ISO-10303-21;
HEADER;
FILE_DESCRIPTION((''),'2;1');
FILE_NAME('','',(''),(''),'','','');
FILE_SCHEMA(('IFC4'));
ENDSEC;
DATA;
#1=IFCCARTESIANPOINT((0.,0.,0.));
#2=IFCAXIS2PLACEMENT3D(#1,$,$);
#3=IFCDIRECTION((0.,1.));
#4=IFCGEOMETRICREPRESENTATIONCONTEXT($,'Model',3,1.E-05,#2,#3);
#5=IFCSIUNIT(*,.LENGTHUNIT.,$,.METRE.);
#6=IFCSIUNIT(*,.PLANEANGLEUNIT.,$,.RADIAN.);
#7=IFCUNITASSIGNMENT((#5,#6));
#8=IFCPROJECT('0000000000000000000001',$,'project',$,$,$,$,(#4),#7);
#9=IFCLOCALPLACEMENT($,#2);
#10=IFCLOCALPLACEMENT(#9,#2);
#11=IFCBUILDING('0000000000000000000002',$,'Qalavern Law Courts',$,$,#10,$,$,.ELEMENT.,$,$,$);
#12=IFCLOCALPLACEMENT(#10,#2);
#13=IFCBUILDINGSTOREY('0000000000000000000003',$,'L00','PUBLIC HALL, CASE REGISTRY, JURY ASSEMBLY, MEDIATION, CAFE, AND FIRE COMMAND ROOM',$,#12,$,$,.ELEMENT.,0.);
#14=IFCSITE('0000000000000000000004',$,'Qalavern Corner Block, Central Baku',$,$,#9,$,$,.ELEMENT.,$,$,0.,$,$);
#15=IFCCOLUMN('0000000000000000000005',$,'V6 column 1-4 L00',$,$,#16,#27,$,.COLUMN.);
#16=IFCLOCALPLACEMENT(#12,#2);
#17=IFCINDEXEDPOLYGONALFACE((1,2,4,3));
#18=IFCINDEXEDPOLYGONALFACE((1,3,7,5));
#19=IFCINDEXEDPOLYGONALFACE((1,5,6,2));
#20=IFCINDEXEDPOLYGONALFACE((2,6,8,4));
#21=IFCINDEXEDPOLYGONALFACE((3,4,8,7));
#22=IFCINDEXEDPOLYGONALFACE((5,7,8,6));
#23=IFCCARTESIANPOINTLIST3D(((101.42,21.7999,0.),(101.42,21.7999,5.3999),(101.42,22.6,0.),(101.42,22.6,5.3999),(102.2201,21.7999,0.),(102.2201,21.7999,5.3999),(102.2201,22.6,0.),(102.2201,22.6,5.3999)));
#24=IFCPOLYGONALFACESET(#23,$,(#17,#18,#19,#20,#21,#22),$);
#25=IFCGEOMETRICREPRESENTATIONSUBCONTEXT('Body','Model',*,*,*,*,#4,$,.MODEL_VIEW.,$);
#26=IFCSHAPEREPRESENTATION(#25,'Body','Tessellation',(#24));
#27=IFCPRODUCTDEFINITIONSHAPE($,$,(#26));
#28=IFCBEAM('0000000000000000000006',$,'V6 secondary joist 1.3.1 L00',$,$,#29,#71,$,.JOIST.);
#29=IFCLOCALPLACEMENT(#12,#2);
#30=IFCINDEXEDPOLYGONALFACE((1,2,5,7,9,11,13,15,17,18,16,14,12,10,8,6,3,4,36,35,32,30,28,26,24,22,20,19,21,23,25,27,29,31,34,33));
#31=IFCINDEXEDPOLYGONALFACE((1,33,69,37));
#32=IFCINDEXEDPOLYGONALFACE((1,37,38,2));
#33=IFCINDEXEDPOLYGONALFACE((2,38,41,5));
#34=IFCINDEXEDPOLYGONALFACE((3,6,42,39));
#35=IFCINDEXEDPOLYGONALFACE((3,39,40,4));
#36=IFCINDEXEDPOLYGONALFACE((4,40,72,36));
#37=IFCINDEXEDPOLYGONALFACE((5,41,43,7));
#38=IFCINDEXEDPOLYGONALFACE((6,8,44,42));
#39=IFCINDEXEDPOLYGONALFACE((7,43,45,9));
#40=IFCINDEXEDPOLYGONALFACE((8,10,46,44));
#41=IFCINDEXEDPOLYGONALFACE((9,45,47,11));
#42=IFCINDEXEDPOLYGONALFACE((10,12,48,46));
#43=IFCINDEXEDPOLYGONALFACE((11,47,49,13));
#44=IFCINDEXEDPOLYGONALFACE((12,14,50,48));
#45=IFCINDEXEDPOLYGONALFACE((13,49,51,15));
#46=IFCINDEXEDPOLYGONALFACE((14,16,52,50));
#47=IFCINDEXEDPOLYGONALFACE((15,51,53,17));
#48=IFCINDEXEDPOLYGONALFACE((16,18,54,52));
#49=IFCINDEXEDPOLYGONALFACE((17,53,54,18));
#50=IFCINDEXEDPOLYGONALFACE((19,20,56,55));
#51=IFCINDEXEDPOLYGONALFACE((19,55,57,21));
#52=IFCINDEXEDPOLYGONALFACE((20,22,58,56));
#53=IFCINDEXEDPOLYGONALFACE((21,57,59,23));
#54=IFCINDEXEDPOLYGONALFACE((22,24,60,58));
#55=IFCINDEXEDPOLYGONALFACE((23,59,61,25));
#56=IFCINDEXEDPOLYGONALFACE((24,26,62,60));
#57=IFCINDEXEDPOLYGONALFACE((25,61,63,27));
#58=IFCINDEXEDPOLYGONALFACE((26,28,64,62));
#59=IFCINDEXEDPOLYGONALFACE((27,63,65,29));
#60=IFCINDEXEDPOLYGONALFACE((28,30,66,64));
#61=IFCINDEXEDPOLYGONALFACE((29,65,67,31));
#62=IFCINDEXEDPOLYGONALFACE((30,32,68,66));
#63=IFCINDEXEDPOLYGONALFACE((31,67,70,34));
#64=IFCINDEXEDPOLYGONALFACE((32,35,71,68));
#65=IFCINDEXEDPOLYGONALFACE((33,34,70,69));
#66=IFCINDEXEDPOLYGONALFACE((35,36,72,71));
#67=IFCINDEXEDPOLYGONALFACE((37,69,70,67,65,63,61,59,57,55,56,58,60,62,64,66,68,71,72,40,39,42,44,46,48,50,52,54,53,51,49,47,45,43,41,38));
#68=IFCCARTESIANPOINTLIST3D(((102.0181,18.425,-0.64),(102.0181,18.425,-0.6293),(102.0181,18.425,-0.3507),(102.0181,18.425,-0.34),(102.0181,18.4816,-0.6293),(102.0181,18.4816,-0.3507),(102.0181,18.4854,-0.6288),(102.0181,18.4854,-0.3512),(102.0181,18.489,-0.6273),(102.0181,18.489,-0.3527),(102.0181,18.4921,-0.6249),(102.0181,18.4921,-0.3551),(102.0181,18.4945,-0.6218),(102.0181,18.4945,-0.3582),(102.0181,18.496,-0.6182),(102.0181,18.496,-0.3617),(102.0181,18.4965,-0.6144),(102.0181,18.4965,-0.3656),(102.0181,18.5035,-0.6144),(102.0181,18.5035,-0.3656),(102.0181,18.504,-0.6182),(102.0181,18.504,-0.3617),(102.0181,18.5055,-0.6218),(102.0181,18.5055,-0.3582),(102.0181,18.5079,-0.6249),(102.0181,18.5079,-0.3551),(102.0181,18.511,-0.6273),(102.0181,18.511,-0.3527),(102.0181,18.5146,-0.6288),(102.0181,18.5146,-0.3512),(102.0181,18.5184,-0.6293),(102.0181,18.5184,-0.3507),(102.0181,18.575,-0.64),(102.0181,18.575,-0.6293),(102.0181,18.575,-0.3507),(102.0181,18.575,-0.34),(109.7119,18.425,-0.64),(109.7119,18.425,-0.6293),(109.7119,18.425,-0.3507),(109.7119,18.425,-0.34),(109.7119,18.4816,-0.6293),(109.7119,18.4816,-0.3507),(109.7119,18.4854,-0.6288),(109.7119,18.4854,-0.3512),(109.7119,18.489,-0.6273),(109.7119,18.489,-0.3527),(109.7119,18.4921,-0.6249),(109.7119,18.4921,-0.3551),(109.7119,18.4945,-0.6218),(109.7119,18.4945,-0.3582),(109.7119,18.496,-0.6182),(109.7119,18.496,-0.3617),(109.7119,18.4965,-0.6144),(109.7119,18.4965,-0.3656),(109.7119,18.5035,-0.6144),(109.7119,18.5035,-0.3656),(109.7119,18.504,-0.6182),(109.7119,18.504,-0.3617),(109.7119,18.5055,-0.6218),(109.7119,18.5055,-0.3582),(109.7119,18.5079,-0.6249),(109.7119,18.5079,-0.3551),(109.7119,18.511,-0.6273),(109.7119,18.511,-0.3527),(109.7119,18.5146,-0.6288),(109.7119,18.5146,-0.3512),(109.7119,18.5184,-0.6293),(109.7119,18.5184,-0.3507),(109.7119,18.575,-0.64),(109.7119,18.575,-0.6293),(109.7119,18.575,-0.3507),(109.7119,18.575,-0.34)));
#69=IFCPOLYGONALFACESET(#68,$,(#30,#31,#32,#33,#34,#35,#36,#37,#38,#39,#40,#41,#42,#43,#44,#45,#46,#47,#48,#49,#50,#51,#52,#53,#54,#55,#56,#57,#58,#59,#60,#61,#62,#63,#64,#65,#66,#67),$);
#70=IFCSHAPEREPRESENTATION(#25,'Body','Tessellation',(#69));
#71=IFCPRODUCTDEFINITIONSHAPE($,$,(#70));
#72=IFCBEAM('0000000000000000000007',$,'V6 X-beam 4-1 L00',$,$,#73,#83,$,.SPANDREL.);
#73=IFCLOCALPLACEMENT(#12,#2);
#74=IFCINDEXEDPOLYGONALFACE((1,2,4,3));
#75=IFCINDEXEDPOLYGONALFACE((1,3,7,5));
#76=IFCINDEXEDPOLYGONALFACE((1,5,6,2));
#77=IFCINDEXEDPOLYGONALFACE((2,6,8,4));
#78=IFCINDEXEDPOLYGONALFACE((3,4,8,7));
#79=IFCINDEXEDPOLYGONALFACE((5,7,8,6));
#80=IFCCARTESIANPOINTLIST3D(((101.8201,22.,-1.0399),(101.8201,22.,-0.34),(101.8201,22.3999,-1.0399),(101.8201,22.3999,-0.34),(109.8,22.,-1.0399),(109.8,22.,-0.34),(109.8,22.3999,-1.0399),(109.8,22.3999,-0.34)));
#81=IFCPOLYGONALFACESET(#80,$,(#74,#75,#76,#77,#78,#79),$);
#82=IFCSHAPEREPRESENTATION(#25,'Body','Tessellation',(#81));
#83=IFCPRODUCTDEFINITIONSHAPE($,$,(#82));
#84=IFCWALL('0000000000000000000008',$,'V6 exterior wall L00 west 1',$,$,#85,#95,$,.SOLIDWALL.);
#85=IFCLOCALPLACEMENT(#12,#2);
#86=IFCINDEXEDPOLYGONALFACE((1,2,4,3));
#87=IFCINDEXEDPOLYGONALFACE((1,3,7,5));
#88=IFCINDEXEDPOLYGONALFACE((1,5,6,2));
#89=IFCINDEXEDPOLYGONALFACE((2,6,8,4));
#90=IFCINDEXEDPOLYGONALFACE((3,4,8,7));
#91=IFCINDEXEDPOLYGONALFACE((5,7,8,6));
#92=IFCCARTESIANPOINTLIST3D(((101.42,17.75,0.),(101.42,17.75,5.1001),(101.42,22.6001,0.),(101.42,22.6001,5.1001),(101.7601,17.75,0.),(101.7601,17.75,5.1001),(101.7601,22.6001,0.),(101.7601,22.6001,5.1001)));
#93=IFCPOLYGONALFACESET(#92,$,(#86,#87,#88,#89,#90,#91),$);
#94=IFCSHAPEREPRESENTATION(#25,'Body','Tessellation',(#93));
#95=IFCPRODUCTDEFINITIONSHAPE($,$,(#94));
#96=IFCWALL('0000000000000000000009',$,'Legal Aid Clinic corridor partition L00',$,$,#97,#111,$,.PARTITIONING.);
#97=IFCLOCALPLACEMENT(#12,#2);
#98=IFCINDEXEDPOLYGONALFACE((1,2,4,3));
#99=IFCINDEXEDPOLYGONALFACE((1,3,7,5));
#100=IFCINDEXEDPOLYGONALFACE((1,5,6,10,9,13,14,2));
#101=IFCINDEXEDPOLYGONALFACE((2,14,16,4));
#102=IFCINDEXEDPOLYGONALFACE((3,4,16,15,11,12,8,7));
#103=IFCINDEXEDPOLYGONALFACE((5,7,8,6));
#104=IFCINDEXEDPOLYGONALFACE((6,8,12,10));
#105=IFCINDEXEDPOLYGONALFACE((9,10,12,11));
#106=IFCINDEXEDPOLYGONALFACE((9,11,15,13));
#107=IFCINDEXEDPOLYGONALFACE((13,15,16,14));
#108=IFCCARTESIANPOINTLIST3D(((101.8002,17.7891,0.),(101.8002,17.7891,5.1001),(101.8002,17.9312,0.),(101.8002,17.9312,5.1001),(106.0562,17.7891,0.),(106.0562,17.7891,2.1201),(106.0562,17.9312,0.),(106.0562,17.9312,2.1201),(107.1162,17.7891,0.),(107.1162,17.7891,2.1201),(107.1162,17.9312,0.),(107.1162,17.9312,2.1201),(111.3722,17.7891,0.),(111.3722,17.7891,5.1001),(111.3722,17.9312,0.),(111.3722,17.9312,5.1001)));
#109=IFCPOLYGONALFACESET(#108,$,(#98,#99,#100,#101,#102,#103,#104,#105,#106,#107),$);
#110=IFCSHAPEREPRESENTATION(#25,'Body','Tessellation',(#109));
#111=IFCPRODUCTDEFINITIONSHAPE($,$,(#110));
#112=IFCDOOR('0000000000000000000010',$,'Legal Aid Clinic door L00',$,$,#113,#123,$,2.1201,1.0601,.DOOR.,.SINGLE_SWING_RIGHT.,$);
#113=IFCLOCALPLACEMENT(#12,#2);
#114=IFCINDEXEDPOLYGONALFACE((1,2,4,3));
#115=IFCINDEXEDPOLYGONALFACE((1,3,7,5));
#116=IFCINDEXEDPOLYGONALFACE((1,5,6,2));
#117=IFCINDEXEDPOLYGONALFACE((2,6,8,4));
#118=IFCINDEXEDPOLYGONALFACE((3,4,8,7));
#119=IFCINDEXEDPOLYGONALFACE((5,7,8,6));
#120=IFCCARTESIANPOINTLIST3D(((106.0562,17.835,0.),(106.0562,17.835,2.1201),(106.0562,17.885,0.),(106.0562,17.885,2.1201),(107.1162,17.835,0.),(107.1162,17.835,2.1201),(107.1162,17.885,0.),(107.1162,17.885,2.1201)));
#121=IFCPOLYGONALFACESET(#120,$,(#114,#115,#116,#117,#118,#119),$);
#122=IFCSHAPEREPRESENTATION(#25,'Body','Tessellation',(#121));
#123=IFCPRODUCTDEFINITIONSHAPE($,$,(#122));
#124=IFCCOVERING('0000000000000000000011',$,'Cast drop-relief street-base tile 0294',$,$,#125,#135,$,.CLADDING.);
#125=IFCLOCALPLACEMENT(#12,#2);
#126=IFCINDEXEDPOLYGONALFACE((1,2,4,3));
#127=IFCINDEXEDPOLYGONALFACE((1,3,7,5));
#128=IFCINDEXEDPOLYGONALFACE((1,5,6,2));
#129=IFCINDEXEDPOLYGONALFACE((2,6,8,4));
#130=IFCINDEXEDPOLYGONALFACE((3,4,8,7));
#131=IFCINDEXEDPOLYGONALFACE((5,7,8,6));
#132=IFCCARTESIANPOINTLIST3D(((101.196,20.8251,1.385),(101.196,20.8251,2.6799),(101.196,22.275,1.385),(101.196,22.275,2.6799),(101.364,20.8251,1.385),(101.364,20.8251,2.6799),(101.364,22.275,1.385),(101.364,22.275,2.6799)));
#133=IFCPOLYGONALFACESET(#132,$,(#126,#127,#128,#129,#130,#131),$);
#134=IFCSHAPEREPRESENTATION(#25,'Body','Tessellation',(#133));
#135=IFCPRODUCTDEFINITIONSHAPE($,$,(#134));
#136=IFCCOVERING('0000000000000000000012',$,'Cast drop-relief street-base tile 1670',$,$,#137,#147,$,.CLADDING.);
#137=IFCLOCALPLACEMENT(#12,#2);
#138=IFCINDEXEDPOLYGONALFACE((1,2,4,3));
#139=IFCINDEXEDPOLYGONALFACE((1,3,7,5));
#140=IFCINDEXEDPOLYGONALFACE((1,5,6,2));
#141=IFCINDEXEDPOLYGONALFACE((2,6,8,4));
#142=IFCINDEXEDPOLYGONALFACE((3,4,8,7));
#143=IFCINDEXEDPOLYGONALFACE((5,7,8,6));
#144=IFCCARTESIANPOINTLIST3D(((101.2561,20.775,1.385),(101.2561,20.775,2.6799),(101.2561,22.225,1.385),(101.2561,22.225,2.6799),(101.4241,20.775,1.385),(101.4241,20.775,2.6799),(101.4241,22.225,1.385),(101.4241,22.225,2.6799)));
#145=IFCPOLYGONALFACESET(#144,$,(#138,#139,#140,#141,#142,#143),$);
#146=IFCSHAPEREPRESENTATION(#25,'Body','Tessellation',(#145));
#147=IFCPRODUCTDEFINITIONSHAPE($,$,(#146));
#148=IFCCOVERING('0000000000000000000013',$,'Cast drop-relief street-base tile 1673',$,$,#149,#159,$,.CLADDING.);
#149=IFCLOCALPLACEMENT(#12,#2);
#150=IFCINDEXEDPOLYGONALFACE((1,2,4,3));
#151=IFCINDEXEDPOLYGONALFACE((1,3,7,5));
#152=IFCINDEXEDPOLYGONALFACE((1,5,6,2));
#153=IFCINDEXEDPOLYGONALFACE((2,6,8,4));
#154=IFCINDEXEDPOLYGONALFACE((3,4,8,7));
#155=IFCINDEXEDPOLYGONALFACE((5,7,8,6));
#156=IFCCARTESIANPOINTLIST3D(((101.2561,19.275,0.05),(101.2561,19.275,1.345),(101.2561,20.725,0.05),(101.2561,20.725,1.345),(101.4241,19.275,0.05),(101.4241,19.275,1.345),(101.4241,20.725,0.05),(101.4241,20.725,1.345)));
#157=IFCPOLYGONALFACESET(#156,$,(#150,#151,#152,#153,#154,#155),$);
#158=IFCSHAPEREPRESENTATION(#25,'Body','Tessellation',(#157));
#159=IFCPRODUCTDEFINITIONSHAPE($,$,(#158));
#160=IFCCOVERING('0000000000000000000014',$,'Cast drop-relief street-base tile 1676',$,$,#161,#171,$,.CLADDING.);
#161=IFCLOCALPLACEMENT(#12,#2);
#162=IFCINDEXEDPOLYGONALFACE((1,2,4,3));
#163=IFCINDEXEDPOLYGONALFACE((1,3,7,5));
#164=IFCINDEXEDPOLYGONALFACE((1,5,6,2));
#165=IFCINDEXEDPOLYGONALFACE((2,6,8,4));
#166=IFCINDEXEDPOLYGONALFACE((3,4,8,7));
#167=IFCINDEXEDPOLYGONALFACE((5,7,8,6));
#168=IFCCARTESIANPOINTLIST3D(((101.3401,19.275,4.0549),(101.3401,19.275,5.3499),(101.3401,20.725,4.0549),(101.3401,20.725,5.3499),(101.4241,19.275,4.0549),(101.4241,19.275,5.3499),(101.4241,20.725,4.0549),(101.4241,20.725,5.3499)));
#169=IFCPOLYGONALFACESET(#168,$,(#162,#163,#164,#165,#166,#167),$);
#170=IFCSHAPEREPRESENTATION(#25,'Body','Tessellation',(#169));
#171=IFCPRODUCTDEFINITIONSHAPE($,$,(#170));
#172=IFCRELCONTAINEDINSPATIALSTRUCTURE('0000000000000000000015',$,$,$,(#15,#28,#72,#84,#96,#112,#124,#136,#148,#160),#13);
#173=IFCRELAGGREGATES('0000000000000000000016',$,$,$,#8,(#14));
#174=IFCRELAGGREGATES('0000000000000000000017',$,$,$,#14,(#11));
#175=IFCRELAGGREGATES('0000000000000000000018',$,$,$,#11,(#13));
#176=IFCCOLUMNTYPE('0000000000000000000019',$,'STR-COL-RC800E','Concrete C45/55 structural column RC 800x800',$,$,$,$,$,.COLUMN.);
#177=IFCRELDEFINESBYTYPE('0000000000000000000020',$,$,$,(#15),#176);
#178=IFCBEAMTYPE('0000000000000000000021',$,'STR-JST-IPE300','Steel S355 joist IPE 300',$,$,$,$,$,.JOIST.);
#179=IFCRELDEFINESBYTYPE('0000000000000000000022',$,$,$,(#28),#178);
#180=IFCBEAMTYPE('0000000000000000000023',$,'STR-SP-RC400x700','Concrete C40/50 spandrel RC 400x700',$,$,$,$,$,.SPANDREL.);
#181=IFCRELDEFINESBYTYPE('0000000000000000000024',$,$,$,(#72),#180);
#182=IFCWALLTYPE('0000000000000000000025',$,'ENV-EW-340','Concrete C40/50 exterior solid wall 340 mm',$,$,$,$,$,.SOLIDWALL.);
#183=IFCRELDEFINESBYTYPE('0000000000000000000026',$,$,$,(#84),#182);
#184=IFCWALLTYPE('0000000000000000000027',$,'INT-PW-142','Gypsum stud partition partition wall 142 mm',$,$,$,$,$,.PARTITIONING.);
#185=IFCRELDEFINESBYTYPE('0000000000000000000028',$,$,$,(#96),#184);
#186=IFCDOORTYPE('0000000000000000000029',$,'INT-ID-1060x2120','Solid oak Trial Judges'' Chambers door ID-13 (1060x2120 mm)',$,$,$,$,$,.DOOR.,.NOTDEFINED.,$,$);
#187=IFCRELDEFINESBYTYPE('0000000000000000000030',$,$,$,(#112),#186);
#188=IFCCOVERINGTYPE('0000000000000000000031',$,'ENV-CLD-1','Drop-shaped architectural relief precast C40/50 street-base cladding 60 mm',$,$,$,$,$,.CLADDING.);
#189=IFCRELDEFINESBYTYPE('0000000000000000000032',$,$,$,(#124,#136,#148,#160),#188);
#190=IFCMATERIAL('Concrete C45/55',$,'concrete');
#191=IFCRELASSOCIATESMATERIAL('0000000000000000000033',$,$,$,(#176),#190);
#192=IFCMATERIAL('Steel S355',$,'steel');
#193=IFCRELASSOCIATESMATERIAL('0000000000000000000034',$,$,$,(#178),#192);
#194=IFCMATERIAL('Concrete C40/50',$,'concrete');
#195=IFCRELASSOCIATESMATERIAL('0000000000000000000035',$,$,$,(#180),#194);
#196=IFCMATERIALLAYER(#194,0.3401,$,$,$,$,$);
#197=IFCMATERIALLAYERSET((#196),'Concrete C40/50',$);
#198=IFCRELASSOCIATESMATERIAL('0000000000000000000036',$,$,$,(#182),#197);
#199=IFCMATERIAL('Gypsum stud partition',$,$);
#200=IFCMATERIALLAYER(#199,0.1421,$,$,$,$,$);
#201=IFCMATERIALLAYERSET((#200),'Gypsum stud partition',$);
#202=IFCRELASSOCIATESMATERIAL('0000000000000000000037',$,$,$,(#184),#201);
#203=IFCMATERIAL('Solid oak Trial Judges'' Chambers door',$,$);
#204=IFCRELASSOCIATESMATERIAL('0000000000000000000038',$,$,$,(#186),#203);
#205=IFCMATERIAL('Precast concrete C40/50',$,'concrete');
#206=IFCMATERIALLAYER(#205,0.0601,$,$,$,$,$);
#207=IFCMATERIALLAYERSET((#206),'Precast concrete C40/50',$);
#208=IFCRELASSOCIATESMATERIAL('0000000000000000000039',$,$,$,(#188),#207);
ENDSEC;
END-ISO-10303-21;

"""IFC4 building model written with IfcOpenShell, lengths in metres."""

from ifc_helpers import new_model, si_unit, direction, frame, frame_2d, origin, origin_2d, place, context, subcontext, project, spatial, rectangle, i_section, extrude, material, layer, layer_set, material_profile, profile_set, type_object, element, fill, save


model = new_model("IFC4")

# Units and contexts
model_context = context("Model", 3, precision=1e-05, world=origin(), true_north=direction((0.0, 1.0)))
body_context = subcontext(model_context, "Body", "Model", "MODEL_VIEW")
ifc_project = project(units=[si_unit("LENGTHUNIT", "METRE"), si_unit("PLANEANGLEUNIT", "RADIAN")], contexts=[model_context])

# Site, building, storey
site_placement = place(None, origin())
site = spatial("IfcSite", under=ifc_project, at=site_placement, Name="Qalavern Corner Block, Central Baku", CompositionType="ELEMENT", RefElevation=0.0)
building_placement = place(site_placement, origin())
building = spatial("IfcBuilding", under=site, at=building_placement, Name="Qalavern Law Courts", CompositionType="ELEMENT")
storey_placement = place(building_placement, origin())
storey = spatial("IfcBuildingStorey", under=building, at=storey_placement, Name="L00", Description="PUBLIC HALL, CASE REGISTRY, JURY ASSEMBLY, MEDIATION, CAFE, AND FIRE COMMAND ROOM", CompositionType="ELEMENT", Elevation=0.0)

# Column
ifc_material_1 = material(Name="Concrete C45/55", Category="concrete")
ifc_material_profile_1 = material_profile(ifc_material_1, rectangle(XDim=0.8, YDim=0.8, at=origin_2d()), Name="RC 800x800")
ifc_profile_set_1 = profile_set([ifc_material_profile_1], Name="Concrete C45/55")
column_type = type_object("IfcColumnType", Name="STR-COL-RC800E", Description="Concrete C45/55 structural column RC 800x800", PredefinedType="COLUMN", material=ifc_profile_set_1)
column_placement = place(storey_placement, frame((101.8201, 22.2, 0.0), z_axis=(0.0, 0.0, 1.0), x_axis=(1.0, 0.0, 0.0)))
element("IfcColumn", 1, at=column_placement, inside=storey, type_object=column_type, Name="V6 column 1-4 L00", PredefinedType="COLUMN", context=body_context, shape_type="SweptSolid", body=[
    extrude(rectangle(XDim=0.8, YDim=0.8, at=origin_2d()), origin(), (0.0, 0.0, 1.0), 5.3999),
])

# Beams
ifc_material_2 = material(Name="Steel S355", Category="steel")
ifc_material_profile_2 = material_profile(ifc_material_2, i_section(OverallWidth=0.1499, OverallDepth=0.3, WebThickness=0.0071, FlangeThickness=0.0107, FilletRadius=0.0149, at=origin_2d()), Name="IPE 300")
ifc_profile_set_2 = profile_set([ifc_material_profile_2], Name="Steel S355")
beam_type_1 = type_object("IfcBeamType", Name="STR-JST-IPE300", Description="Steel S355 joist IPE 300", PredefinedType="JOIST", material=ifc_profile_set_2)
beam_1_placement = place(storey_placement, frame((102.0181, 18.5, -0.49), z_axis=(1.0, 0.0, 0.0), x_axis=(0.0, 1.0, 0.0)))
element("IfcBeam", 2, at=beam_1_placement, inside=storey, type_object=beam_type_1, Name="V6 secondary joist 1.3.1 L00", PredefinedType="JOIST", context=body_context, shape_type="SweptSolid", body=[
    extrude(i_section(OverallWidth=0.1499, OverallDepth=0.3, WebThickness=0.0071, FlangeThickness=0.0107, FilletRadius=0.0149, at=origin_2d()), origin(), (0.0, 0.0, 1.0), 7.6938),
])
ifc_material_3 = material(Name="Concrete C40/50", Category="concrete")
ifc_material_profile_3 = material_profile(ifc_material_3, rectangle(XDim=0.3999, YDim=0.7, at=origin_2d()), Name="RC 400x700")
ifc_profile_set_3 = profile_set([ifc_material_profile_3], Name="Concrete C40/50")
beam_type_2 = type_object("IfcBeamType", Name="STR-SP-RC400x700", Description="Concrete C40/50 spandrel RC 400x700", PredefinedType="SPANDREL", material=ifc_profile_set_3)
beam_2_placement = place(storey_placement, frame((101.8201, 22.2, -0.6899), z_axis=(1.0, 0.0, 0.0), x_axis=(0.0, 1.0, 0.0)))
element("IfcBeam", 3, at=beam_2_placement, inside=storey, type_object=beam_type_2, Name="V6 X-beam 4-1 L00", PredefinedType="SPANDREL", context=body_context, shape_type="SweptSolid", body=[
    extrude(rectangle(XDim=0.3999, YDim=0.7, at=origin_2d()), origin(), (0.0, 0.0, 1.0), 7.98),
])

# Wall
ifc_layer_1 = layer(ifc_material_3, 0.3401)
ifc_layer_set_1 = layer_set([ifc_layer_1], Name="Concrete C40/50")
wall_type_1 = type_object("IfcWallType", Name="ENV-EW-340", Description="Concrete C40/50 exterior solid wall 340 mm", PredefinedType="SOLIDWALL", material=ifc_layer_set_1)
wall_1_placement = place(storey_placement, frame((101.5901, 22.6001, 0.0), z_axis=(0.0, 0.0, 1.0), x_axis=(0.0, -1.0, 0.0)))
element("IfcWall", 4, at=wall_1_placement, inside=storey, type_object=wall_type_1, Name="V6 exterior wall L00 west 1", PredefinedType="SOLIDWALL", context=body_context, shape_type="SweptSolid", body=[
    extrude(rectangle(XDim=4.8501, YDim=0.3401, at=frame_2d((2.425, 0.0))), origin(), (0.0, 0.0, 1.0), 5.1001),
])

# Wall, opening, door
ifc_material_4 = material(Name="Gypsum stud partition")
ifc_layer_2 = layer(ifc_material_4, 0.1421)
ifc_layer_set_2 = layer_set([ifc_layer_2], Name="Gypsum stud partition")
wall_type_2 = type_object("IfcWallType", Name="INT-PW-142", Description="Gypsum stud partition partition wall 142 mm", PredefinedType="PARTITIONING", material=ifc_layer_set_2)
wall_2_placement = place(storey_placement, frame((101.8, 17.8601, 0.0), z_axis=(0.0, 0.0, 1.0), x_axis=(1.0, 0.0, 0.0)))
wall_2 = element("IfcWall", 5, at=wall_2_placement, inside=storey, type_object=wall_type_2, Name="Legal Aid Clinic corridor partition L00", PredefinedType="PARTITIONING", context=body_context, shape_type="SweptSolid", body=[
    extrude(rectangle(XDim=9.572, YDim=0.1421, at=frame_2d((4.7861, 0.0))), origin(), (0.0, 0.0, 1.0), 5.1001),
])
opening_placement = place(wall_2_placement, frame((4.2561, 0.0, 0.0)))
opening = element("IfcOpeningElement", 6, at=opening_placement, cuts=wall_2, PredefinedType="OPENING", context=body_context, shape_type="SweptSolid", body=[
    extrude(rectangle(XDim=1.0601, YDim=2.1201, at=frame_2d((0.53, 1.0601))), frame((0.0, 0.0859, 0.0), z_axis=(0.0, -1.0, 0.0), x_axis=(1.0, 0.0, 0.0)), (0.0, 0.0, 1.0), 0.1719),
])
ifc_material_5 = material(Name="Solid oak Trial Judges' Chambers door")
door_type = type_object("IfcDoorType", Name="INT-ID-1060x2120", Description="Solid oak Trial Judges' Chambers door ID-13 (1060x2120 mm)", OperationType="NOTDEFINED", PredefinedType="DOOR", material=ifc_material_5)
door_placement = place(opening_placement, origin())
door = element("IfcDoor", 7, at=door_placement, inside=storey, type_object=door_type, Name="Legal Aid Clinic door L00", OperationType="SINGLE_SWING_RIGHT", OverallHeight=2.1201, OverallWidth=1.0601, PredefinedType="DOOR", context=body_context, shape_type="SweptSolid", body=[
    extrude(rectangle(XDim=1.0601, YDim=2.1201, at=frame_2d((0.53, 1.0601))), frame((0.0, 0.0249, 0.0), z_axis=(0.0, -1.0, 0.0), x_axis=(1.0, 0.0, 0.0)), (0.0, 0.0, 1.0), 0.05),
])
fill(opening, door)

# Coverings
ifc_material_6 = material(Name="Precast concrete C40/50", Category="concrete")
ifc_layer_3 = layer(ifc_material_6, 0.0601)
ifc_layer_set_3 = layer_set([ifc_layer_3], Name="Precast concrete C40/50")
covering_type_1 = type_object("IfcCoveringType", Name="ENV-CLD-1", Description="Drop-shaped architectural relief precast C40/50 street-base cladding 60 mm", PredefinedType="CLADDING", material=ifc_layer_set_3)
for number, where, z_axis, x_axis, name in (
    (8, (101.28, 21.55, 1.385), (0.0, 0.0, 1.0), (0.0, 1.0, 0.0), "Cast drop-relief street-base tile 0294"),
    (9, (101.3401, 21.5, 1.385), (0.0, 0.0, 1.0), (0.0, -1.0, 0.0), "Cast drop-relief street-base tile 1670"),
    (10, (101.3401, 20.0, 0.05), (0.0, 0.0, 1.0), (0.0, -1.0, 0.0), "Cast drop-relief street-base tile 1673"),
):
    element("IfcCovering", number, at=place(storey_placement, frame(where, z_axis=z_axis, x_axis=x_axis)), inside=storey, type_object=covering_type_1, Name=name, PredefinedType="CLADDING", context=body_context, shape_type="SweptSolid", body=[
        extrude(rectangle(XDim=1.45, YDim=0.168, at=origin_2d()), origin(), (0.0, 0.0, 1.0), 1.2949),
    ])
covering_1_placement = place(storey_placement, frame((101.3821, 20.0, 4.0549), z_axis=(0.0, 0.0, 1.0), x_axis=(0.0, -1.0, 0.0)))
element("IfcCovering", 11, at=covering_1_placement, inside=storey, type_object=covering_type_1, Name="Cast drop-relief street-base tile 1676", PredefinedType="CLADDING", context=body_context, shape_type="SweptSolid", body=[
    extrude(rectangle(XDim=1.45, YDim=0.084, at=origin_2d()), origin(), (0.0, 0.0, 1.0), 1.2949),
])

save(model, "model.ifc")
